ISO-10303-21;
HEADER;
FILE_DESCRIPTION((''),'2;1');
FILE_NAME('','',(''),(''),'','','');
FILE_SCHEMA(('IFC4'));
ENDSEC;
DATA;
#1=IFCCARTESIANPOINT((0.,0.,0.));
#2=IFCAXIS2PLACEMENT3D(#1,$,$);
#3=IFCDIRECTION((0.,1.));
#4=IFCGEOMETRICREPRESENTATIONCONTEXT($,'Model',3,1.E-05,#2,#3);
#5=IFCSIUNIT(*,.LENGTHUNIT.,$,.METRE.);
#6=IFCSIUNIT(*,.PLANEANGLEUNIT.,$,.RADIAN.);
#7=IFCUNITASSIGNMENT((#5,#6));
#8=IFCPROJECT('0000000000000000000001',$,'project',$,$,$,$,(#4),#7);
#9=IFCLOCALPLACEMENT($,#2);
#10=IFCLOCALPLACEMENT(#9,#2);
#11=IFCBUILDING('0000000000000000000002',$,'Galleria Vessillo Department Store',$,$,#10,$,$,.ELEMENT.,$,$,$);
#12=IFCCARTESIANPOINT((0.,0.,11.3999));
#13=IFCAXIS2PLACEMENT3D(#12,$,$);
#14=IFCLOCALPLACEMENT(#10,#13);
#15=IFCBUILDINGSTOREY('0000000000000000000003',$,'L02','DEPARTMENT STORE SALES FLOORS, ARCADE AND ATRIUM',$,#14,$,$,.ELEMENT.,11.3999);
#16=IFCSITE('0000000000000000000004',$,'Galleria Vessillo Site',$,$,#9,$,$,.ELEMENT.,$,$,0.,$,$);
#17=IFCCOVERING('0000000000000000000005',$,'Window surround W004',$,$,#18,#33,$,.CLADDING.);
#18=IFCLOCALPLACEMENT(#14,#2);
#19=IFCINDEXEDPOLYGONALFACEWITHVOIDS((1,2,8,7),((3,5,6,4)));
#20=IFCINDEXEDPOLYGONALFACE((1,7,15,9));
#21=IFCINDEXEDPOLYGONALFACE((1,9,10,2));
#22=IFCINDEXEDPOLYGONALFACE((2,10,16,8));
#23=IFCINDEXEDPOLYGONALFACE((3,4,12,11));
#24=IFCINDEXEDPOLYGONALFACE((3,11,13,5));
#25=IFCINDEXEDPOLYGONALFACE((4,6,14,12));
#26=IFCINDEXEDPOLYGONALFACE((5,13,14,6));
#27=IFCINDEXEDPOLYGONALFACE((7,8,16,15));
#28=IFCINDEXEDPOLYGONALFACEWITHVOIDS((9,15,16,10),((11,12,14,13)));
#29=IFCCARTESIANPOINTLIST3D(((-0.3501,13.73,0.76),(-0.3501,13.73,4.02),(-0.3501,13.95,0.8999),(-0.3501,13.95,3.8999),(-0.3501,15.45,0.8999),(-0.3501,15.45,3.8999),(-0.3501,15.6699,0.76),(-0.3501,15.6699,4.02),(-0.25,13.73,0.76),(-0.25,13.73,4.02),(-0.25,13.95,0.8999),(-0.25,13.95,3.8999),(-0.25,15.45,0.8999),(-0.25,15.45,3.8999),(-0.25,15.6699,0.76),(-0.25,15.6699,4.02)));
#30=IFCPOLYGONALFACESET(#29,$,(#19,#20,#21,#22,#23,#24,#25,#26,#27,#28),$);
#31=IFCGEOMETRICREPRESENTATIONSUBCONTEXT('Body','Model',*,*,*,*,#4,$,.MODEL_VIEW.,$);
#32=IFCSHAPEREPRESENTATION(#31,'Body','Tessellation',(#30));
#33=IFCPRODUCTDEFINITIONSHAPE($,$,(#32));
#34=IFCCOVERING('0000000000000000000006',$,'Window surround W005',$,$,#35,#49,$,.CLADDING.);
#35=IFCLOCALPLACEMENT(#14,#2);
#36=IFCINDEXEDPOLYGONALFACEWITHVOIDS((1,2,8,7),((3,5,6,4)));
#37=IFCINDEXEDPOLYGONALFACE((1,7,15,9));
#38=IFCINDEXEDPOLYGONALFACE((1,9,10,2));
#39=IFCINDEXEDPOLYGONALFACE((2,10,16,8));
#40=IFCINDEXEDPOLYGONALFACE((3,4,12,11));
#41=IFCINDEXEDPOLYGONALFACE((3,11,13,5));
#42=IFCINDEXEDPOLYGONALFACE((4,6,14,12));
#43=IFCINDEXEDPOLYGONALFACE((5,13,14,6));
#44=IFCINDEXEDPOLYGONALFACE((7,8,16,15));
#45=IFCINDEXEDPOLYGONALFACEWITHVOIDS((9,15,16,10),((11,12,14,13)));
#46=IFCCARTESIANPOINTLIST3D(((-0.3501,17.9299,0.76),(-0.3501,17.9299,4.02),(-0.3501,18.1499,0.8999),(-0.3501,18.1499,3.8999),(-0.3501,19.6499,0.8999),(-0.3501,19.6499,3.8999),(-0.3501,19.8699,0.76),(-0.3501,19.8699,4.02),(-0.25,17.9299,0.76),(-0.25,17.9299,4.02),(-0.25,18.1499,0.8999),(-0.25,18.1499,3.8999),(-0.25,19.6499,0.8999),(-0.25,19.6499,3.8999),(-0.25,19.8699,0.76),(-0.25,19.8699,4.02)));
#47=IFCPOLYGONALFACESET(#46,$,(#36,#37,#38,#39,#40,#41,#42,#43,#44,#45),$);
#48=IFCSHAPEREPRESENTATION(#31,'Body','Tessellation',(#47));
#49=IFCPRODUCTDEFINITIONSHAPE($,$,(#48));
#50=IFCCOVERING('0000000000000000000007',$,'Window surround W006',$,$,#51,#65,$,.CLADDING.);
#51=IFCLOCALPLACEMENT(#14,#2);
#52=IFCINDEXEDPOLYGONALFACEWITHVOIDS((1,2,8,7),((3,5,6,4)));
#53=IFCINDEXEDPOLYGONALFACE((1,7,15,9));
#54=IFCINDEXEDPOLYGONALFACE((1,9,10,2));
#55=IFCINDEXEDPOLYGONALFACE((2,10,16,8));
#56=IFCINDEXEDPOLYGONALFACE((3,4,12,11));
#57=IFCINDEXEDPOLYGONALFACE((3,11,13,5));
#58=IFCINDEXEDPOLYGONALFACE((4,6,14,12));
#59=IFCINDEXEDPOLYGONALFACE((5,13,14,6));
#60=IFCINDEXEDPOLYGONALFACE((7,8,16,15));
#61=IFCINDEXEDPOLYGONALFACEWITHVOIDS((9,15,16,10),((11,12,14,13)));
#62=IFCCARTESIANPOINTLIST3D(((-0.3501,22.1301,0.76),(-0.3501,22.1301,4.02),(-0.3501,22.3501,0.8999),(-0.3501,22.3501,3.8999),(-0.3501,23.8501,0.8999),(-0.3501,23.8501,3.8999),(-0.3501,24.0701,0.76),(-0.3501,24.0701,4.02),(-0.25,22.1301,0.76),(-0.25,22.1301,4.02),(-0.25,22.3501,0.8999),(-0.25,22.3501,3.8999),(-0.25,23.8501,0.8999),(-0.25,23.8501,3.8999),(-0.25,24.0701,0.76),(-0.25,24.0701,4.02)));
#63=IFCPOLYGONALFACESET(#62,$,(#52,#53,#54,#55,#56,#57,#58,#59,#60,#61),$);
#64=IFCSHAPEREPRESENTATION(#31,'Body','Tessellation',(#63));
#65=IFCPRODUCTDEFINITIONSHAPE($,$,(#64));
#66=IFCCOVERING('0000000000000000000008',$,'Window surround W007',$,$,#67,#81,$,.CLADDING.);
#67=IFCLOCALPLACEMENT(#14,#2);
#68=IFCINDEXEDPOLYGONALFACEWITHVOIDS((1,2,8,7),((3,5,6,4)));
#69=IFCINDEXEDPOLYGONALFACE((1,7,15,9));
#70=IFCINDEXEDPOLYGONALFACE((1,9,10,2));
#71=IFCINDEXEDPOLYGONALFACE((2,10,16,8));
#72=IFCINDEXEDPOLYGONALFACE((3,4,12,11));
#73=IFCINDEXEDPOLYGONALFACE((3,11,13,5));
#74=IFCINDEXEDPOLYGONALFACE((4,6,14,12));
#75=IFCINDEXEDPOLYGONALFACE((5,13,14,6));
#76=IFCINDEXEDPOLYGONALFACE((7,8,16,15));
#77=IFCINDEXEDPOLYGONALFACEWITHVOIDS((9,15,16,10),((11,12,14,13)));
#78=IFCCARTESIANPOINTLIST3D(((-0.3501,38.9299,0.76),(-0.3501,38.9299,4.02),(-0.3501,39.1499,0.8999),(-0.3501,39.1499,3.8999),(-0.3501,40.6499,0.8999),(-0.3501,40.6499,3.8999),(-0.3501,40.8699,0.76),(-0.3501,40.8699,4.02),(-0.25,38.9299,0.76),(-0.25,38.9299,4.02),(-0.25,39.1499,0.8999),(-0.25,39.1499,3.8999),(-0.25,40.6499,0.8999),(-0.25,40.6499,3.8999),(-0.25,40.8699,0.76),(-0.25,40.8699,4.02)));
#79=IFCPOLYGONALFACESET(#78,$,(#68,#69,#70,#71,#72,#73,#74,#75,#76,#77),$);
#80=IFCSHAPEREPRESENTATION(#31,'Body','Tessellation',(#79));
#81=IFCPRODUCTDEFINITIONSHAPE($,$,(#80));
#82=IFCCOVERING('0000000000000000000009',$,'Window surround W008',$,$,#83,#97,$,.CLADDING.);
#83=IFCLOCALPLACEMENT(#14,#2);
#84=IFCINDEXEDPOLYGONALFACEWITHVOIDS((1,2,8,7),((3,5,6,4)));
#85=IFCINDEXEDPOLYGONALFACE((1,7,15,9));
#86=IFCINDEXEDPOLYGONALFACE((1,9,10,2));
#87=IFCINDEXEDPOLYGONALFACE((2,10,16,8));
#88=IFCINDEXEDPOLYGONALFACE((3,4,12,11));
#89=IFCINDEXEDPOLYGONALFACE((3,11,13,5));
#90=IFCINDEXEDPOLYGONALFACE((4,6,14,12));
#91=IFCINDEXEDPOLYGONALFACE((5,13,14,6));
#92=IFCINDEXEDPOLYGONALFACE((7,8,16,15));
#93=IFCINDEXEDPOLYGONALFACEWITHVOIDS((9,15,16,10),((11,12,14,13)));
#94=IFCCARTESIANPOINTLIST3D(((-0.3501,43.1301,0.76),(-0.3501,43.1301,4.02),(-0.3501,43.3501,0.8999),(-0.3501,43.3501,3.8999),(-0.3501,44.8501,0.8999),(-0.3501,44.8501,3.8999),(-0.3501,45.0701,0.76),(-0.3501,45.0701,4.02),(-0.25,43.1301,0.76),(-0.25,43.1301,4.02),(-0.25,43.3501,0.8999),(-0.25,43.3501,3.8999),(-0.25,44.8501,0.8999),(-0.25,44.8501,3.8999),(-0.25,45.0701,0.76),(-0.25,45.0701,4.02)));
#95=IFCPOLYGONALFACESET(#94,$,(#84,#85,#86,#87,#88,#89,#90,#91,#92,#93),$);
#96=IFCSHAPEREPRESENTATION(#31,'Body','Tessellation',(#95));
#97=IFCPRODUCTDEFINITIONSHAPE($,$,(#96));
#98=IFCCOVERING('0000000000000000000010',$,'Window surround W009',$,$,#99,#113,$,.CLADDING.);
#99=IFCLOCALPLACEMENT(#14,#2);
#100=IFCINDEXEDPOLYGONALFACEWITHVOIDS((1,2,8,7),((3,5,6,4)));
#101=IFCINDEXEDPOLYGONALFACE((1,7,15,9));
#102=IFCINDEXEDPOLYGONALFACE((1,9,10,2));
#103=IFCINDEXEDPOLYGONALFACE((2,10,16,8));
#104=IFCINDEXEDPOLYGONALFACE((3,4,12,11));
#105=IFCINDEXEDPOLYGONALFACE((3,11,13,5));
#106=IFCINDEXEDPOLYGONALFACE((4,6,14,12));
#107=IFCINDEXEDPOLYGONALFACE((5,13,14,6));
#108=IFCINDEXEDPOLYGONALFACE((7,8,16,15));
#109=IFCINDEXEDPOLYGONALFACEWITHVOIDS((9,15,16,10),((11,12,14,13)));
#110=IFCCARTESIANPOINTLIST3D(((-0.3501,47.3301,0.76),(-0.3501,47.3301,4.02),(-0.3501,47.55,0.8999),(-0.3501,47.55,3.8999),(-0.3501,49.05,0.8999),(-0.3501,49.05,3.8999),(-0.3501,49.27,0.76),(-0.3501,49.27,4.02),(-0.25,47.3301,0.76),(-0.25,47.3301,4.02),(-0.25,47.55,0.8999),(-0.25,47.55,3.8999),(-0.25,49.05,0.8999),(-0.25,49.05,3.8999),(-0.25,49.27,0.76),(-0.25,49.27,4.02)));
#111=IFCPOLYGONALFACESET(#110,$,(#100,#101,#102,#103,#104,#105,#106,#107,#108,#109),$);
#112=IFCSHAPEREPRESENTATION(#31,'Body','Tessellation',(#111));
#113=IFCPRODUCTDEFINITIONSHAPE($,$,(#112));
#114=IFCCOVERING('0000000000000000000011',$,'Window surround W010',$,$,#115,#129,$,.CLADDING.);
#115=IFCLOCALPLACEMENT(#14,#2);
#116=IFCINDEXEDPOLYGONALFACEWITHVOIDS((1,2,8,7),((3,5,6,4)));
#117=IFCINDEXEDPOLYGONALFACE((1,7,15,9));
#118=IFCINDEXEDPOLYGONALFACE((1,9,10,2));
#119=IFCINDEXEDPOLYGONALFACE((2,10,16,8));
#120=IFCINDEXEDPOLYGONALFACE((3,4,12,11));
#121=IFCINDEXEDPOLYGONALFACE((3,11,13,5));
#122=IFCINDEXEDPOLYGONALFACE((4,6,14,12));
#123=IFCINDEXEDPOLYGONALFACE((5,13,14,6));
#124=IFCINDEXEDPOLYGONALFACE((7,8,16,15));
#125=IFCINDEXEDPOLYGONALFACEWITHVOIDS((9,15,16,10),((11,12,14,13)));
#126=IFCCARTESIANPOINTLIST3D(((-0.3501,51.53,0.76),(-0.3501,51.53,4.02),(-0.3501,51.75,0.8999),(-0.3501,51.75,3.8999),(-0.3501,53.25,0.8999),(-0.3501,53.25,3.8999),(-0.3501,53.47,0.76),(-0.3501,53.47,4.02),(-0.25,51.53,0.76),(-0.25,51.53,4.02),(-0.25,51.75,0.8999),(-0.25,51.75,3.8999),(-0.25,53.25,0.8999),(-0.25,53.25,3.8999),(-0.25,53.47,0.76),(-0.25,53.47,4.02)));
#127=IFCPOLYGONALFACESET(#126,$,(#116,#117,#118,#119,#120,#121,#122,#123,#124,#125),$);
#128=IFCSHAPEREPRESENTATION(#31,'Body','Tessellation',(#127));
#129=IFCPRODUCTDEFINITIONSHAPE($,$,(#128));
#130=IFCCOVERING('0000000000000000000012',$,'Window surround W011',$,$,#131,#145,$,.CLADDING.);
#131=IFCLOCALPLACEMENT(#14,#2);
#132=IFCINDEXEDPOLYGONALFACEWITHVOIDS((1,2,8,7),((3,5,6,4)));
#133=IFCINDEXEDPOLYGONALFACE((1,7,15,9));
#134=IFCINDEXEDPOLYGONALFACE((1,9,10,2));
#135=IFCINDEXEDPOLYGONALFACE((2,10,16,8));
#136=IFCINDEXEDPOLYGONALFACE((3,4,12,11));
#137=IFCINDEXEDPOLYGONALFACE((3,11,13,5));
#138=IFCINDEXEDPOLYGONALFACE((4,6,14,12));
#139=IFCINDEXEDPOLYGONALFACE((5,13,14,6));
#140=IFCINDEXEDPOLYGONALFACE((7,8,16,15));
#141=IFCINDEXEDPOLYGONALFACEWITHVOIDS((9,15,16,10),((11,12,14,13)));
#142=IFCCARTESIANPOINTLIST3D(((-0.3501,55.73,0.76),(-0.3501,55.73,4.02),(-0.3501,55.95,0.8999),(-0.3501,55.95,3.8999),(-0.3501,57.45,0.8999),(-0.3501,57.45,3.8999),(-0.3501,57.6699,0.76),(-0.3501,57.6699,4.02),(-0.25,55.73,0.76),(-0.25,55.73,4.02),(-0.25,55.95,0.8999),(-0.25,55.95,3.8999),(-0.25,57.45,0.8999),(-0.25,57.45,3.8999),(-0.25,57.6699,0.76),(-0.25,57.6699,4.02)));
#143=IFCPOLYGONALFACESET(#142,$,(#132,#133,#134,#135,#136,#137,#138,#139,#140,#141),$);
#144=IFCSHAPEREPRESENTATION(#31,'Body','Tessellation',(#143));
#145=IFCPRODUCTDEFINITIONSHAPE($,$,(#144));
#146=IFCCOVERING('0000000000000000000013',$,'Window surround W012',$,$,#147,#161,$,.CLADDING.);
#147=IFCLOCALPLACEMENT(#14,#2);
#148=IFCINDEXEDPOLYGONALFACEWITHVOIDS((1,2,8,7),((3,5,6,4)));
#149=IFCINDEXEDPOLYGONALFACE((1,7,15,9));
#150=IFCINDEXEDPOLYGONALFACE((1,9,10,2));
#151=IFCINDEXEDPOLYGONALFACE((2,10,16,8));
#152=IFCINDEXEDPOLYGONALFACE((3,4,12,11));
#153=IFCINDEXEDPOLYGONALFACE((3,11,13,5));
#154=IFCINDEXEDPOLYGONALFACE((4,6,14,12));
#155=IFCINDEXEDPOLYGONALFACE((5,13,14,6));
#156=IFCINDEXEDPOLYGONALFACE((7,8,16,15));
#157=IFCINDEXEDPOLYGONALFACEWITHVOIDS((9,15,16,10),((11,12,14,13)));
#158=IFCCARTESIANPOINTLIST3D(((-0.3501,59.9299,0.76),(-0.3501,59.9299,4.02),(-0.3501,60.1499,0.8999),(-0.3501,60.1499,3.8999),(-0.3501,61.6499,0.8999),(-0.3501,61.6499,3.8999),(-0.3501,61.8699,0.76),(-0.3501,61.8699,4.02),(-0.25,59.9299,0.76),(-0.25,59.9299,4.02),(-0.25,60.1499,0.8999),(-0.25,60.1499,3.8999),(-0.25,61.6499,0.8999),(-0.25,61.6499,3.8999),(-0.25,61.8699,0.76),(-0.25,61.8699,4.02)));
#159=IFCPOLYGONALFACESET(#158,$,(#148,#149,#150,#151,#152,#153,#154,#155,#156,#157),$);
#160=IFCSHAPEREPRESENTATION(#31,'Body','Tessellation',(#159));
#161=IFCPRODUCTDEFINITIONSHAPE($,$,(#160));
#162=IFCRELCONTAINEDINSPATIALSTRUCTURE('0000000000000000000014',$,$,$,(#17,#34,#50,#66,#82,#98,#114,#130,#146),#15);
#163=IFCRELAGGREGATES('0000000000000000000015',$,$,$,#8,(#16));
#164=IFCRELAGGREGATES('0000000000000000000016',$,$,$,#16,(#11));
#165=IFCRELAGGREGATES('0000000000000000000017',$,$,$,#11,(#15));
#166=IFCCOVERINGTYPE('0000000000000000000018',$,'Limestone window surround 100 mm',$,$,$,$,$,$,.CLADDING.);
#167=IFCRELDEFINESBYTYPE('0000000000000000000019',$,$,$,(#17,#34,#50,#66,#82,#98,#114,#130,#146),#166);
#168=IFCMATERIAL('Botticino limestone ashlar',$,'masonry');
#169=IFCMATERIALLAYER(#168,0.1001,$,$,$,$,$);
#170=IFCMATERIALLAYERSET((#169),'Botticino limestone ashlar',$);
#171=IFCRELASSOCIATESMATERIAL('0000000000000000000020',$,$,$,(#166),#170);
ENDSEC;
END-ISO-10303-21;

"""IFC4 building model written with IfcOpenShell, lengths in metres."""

from ifc_helpers import new_model, si_unit, direction, frame, origin, place, context, subcontext, project, spatial, polyline, outline, extrude, material, layer, layer_set, type_object, element, save


model = new_model("IFC4")

# Units and contexts
model_context = context("Model", 3, precision=1e-05, world=origin(), true_north=direction((0.0, 1.0)))
body_context = subcontext(model_context, "Body", "Model", "MODEL_VIEW")
ifc_project = project(units=[si_unit("LENGTHUNIT", "METRE"), si_unit("PLANEANGLEUNIT", "RADIAN")], contexts=[model_context])

# Site, building, storey
site_placement = place(None, origin())
site = spatial("IfcSite", under=ifc_project, at=site_placement, Name="Galleria Vessillo Site", CompositionType="ELEMENT", RefElevation=0.0)
building_placement = place(site_placement, origin())
building = spatial("IfcBuilding", under=site, at=building_placement, Name="Galleria Vessillo Department Store", CompositionType="ELEMENT")
storey_placement = place(building_placement, frame((0.0, 0.0, 11.3999)))
storey = spatial("IfcBuildingStorey", under=building, at=storey_placement, Name="L02", Description="DEPARTMENT STORE SALES FLOORS, ARCADE AND ATRIUM", CompositionType="ELEMENT", Elevation=11.3999)

# Coverings
ifc_material_1 = material(Name="Botticino limestone ashlar", Category="masonry")
ifc_layer_1 = layer(ifc_material_1, 0.1001)
ifc_layer_set_1 = layer_set([ifc_layer_1], Name="Botticino limestone ashlar")
covering_type = type_object("IfcCoveringType", Name="Limestone window surround 100 mm", PredefinedType="CLADDING", material=ifc_layer_set_1)
covering_1_placement = place(storey_placement, frame((-0.25, 0.0, 0.8999), z_axis=(-1.0, 0.0, 0.0), x_axis=(0.0, -1.0, 0.0)))
element("IfcCovering", 1, at=covering_1_placement, inside=storey, type_object=covering_type, Name="Window surround W004", PredefinedType="CLADDING", context=body_context, shape_type="SweptSolid", body=[
    extrude(outline(polyline([(-13.73, 3.1201), (-15.6699, 3.1201), (-15.6699, -0.1399), (-13.73, -0.1399), (-13.73, 3.1201)]), holes=[polyline([(-13.95, 3.0), (-15.45, 3.0), (-15.45, 0.0), (-13.95, 0.0), (-13.95, 3.0)])]), origin(), (0.0, 0.0, 1.0), 0.1001),
])
covering_2_placement = place(storey_placement, frame((-0.25, 0.0, 0.8999), z_axis=(-1.0, 0.0, 0.0), x_axis=(0.0, -1.0, 0.0)))
element("IfcCovering", 2, at=covering_2_placement, inside=storey, type_object=covering_type, Name="Window surround W005", PredefinedType="CLADDING", context=body_context, shape_type="SweptSolid", body=[
    extrude(outline(polyline([(-17.9299, 3.1201), (-19.8699, 3.1201), (-19.8699, -0.1399), (-17.9299, -0.1399), (-17.9299, 3.1201)]), holes=[polyline([(-18.1499, 3.0), (-19.6499, 3.0), (-19.6499, 0.0), (-18.1499, 0.0), (-18.1499, 3.0)])]), origin(), (0.0, 0.0, 1.0), 0.1001),
])
covering_3_placement = place(storey_placement, frame((-0.25, 0.0, 0.8999), z_axis=(-1.0, 0.0, 0.0), x_axis=(0.0, -1.0, 0.0)))
element("IfcCovering", 3, at=covering_3_placement, inside=storey, type_object=covering_type, Name="Window surround W006", PredefinedType="CLADDING", context=body_context, shape_type="SweptSolid", body=[
    extrude(outline(polyline([(-22.1301, 3.1201), (-24.0701, 3.1201), (-24.0701, -0.1399), (-22.1301, -0.1399), (-22.1301, 3.1201)]), holes=[polyline([(-22.3501, 3.0), (-23.8501, 3.0), (-23.8501, 0.0), (-22.3501, 0.0), (-22.3501, 3.0)])]), origin(), (0.0, 0.0, 1.0), 0.1001),
])
covering_4_placement = place(storey_placement, frame((-0.25, 0.0, 0.8999), z_axis=(-1.0, 0.0, 0.0), x_axis=(0.0, -1.0, 0.0)))
element("IfcCovering", 4, at=covering_4_placement, inside=storey, type_object=covering_type, Name="Window surround W007", PredefinedType="CLADDING", context=body_context, shape_type="SweptSolid", body=[
    extrude(outline(polyline([(-38.9299, 3.1201), (-40.8699, 3.1201), (-40.8699, -0.1399), (-38.9299, -0.1399), (-38.9299, 3.1201)]), holes=[polyline([(-39.1499, 3.0), (-40.6499, 3.0), (-40.6499, 0.0), (-39.1499, 0.0), (-39.1499, 3.0)])]), origin(), (0.0, 0.0, 1.0), 0.1001),
])
covering_5_placement = place(storey_placement, frame((-0.25, 0.0, 0.8999), z_axis=(-1.0, 0.0, 0.0), x_axis=(0.0, -1.0, 0.0)))
element("IfcCovering", 5, at=covering_5_placement, inside=storey, type_object=covering_type, Name="Window surround W008", PredefinedType="CLADDING", context=body_context, shape_type="SweptSolid", body=[
    extrude(outline(polyline([(-43.1301, 3.1201), (-45.0701, 3.1201), (-45.0701, -0.1399), (-43.1301, -0.1399), (-43.1301, 3.1201)]), holes=[polyline([(-43.3501, 3.0), (-44.8501, 3.0), (-44.8501, 0.0), (-43.3501, 0.0), (-43.3501, 3.0)])]), origin(), (0.0, 0.0, 1.0), 0.1001),
])
covering_6_placement = place(storey_placement, frame((-0.25, 0.0, 0.8999), z_axis=(-1.0, 0.0, 0.0), x_axis=(0.0, -1.0, 0.0)))
element("IfcCovering", 6, at=covering_6_placement, inside=storey, type_object=covering_type, Name="Window surround W009", PredefinedType="CLADDING", context=body_context, shape_type="SweptSolid", body=[
    extrude(outline(polyline([(-47.3301, 3.1201), (-49.27, 3.1201), (-49.27, -0.1399), (-47.3301, -0.1399), (-47.3301, 3.1201)]), holes=[polyline([(-47.55, 3.0), (-49.05, 3.0), (-49.05, 0.0), (-47.55, 0.0), (-47.55, 3.0)])]), origin(), (0.0, 0.0, 1.0), 0.1001),
])
covering_7_placement = place(storey_placement, frame((-0.25, 0.0, 0.8999), z_axis=(-1.0, 0.0, 0.0), x_axis=(0.0, -1.0, 0.0)))
element("IfcCovering", 7, at=covering_7_placement, inside=storey, type_object=covering_type, Name="Window surround W010", PredefinedType="CLADDING", context=body_context, shape_type="SweptSolid", body=[
    extrude(outline(polyline([(-51.53, 3.1201), (-53.47, 3.1201), (-53.47, -0.1399), (-51.53, -0.1399), (-51.53, 3.1201)]), holes=[polyline([(-51.75, 3.0), (-53.25, 3.0), (-53.25, 0.0), (-51.75, 0.0), (-51.75, 3.0)])]), origin(), (0.0, 0.0, 1.0), 0.1001),
])
covering_8_placement = place(storey_placement, frame((-0.25, 0.0, 0.8999), z_axis=(-1.0, 0.0, 0.0), x_axis=(0.0, -1.0, 0.0)))
element("IfcCovering", 8, at=covering_8_placement, inside=storey, type_object=covering_type, Name="Window surround W011", PredefinedType="CLADDING", context=body_context, shape_type="SweptSolid", body=[
    extrude(outline(polyline([(-55.73, 3.1201), (-57.6699, 3.1201), (-57.6699, -0.1399), (-55.73, -0.1399), (-55.73, 3.1201)]), holes=[polyline([(-55.95, 3.0), (-57.45, 3.0), (-57.45, 0.0), (-55.95, 0.0), (-55.95, 3.0)])]), origin(), (0.0, 0.0, 1.0), 0.1001),
])
covering_9_placement = place(storey_placement, frame((-0.25, 0.0, 0.8999), z_axis=(-1.0, 0.0, 0.0), x_axis=(0.0, -1.0, 0.0)))
element("IfcCovering", 9, at=covering_9_placement, inside=storey, type_object=covering_type, Name="Window surround W012", PredefinedType="CLADDING", context=body_context, shape_type="SweptSolid", body=[
    extrude(outline(polyline([(-59.9299, 3.1201), (-61.8699, 3.1201), (-61.8699, -0.1399), (-59.9299, -0.1399), (-59.9299, 3.1201)]), holes=[polyline([(-60.1499, 3.0), (-61.6499, 3.0), (-61.6499, 0.0), (-60.1499, 0.0), (-60.1499, 3.0)])]), origin(), (0.0, 0.0, 1.0), 0.1001),
])

save(model, "model.ifc")
